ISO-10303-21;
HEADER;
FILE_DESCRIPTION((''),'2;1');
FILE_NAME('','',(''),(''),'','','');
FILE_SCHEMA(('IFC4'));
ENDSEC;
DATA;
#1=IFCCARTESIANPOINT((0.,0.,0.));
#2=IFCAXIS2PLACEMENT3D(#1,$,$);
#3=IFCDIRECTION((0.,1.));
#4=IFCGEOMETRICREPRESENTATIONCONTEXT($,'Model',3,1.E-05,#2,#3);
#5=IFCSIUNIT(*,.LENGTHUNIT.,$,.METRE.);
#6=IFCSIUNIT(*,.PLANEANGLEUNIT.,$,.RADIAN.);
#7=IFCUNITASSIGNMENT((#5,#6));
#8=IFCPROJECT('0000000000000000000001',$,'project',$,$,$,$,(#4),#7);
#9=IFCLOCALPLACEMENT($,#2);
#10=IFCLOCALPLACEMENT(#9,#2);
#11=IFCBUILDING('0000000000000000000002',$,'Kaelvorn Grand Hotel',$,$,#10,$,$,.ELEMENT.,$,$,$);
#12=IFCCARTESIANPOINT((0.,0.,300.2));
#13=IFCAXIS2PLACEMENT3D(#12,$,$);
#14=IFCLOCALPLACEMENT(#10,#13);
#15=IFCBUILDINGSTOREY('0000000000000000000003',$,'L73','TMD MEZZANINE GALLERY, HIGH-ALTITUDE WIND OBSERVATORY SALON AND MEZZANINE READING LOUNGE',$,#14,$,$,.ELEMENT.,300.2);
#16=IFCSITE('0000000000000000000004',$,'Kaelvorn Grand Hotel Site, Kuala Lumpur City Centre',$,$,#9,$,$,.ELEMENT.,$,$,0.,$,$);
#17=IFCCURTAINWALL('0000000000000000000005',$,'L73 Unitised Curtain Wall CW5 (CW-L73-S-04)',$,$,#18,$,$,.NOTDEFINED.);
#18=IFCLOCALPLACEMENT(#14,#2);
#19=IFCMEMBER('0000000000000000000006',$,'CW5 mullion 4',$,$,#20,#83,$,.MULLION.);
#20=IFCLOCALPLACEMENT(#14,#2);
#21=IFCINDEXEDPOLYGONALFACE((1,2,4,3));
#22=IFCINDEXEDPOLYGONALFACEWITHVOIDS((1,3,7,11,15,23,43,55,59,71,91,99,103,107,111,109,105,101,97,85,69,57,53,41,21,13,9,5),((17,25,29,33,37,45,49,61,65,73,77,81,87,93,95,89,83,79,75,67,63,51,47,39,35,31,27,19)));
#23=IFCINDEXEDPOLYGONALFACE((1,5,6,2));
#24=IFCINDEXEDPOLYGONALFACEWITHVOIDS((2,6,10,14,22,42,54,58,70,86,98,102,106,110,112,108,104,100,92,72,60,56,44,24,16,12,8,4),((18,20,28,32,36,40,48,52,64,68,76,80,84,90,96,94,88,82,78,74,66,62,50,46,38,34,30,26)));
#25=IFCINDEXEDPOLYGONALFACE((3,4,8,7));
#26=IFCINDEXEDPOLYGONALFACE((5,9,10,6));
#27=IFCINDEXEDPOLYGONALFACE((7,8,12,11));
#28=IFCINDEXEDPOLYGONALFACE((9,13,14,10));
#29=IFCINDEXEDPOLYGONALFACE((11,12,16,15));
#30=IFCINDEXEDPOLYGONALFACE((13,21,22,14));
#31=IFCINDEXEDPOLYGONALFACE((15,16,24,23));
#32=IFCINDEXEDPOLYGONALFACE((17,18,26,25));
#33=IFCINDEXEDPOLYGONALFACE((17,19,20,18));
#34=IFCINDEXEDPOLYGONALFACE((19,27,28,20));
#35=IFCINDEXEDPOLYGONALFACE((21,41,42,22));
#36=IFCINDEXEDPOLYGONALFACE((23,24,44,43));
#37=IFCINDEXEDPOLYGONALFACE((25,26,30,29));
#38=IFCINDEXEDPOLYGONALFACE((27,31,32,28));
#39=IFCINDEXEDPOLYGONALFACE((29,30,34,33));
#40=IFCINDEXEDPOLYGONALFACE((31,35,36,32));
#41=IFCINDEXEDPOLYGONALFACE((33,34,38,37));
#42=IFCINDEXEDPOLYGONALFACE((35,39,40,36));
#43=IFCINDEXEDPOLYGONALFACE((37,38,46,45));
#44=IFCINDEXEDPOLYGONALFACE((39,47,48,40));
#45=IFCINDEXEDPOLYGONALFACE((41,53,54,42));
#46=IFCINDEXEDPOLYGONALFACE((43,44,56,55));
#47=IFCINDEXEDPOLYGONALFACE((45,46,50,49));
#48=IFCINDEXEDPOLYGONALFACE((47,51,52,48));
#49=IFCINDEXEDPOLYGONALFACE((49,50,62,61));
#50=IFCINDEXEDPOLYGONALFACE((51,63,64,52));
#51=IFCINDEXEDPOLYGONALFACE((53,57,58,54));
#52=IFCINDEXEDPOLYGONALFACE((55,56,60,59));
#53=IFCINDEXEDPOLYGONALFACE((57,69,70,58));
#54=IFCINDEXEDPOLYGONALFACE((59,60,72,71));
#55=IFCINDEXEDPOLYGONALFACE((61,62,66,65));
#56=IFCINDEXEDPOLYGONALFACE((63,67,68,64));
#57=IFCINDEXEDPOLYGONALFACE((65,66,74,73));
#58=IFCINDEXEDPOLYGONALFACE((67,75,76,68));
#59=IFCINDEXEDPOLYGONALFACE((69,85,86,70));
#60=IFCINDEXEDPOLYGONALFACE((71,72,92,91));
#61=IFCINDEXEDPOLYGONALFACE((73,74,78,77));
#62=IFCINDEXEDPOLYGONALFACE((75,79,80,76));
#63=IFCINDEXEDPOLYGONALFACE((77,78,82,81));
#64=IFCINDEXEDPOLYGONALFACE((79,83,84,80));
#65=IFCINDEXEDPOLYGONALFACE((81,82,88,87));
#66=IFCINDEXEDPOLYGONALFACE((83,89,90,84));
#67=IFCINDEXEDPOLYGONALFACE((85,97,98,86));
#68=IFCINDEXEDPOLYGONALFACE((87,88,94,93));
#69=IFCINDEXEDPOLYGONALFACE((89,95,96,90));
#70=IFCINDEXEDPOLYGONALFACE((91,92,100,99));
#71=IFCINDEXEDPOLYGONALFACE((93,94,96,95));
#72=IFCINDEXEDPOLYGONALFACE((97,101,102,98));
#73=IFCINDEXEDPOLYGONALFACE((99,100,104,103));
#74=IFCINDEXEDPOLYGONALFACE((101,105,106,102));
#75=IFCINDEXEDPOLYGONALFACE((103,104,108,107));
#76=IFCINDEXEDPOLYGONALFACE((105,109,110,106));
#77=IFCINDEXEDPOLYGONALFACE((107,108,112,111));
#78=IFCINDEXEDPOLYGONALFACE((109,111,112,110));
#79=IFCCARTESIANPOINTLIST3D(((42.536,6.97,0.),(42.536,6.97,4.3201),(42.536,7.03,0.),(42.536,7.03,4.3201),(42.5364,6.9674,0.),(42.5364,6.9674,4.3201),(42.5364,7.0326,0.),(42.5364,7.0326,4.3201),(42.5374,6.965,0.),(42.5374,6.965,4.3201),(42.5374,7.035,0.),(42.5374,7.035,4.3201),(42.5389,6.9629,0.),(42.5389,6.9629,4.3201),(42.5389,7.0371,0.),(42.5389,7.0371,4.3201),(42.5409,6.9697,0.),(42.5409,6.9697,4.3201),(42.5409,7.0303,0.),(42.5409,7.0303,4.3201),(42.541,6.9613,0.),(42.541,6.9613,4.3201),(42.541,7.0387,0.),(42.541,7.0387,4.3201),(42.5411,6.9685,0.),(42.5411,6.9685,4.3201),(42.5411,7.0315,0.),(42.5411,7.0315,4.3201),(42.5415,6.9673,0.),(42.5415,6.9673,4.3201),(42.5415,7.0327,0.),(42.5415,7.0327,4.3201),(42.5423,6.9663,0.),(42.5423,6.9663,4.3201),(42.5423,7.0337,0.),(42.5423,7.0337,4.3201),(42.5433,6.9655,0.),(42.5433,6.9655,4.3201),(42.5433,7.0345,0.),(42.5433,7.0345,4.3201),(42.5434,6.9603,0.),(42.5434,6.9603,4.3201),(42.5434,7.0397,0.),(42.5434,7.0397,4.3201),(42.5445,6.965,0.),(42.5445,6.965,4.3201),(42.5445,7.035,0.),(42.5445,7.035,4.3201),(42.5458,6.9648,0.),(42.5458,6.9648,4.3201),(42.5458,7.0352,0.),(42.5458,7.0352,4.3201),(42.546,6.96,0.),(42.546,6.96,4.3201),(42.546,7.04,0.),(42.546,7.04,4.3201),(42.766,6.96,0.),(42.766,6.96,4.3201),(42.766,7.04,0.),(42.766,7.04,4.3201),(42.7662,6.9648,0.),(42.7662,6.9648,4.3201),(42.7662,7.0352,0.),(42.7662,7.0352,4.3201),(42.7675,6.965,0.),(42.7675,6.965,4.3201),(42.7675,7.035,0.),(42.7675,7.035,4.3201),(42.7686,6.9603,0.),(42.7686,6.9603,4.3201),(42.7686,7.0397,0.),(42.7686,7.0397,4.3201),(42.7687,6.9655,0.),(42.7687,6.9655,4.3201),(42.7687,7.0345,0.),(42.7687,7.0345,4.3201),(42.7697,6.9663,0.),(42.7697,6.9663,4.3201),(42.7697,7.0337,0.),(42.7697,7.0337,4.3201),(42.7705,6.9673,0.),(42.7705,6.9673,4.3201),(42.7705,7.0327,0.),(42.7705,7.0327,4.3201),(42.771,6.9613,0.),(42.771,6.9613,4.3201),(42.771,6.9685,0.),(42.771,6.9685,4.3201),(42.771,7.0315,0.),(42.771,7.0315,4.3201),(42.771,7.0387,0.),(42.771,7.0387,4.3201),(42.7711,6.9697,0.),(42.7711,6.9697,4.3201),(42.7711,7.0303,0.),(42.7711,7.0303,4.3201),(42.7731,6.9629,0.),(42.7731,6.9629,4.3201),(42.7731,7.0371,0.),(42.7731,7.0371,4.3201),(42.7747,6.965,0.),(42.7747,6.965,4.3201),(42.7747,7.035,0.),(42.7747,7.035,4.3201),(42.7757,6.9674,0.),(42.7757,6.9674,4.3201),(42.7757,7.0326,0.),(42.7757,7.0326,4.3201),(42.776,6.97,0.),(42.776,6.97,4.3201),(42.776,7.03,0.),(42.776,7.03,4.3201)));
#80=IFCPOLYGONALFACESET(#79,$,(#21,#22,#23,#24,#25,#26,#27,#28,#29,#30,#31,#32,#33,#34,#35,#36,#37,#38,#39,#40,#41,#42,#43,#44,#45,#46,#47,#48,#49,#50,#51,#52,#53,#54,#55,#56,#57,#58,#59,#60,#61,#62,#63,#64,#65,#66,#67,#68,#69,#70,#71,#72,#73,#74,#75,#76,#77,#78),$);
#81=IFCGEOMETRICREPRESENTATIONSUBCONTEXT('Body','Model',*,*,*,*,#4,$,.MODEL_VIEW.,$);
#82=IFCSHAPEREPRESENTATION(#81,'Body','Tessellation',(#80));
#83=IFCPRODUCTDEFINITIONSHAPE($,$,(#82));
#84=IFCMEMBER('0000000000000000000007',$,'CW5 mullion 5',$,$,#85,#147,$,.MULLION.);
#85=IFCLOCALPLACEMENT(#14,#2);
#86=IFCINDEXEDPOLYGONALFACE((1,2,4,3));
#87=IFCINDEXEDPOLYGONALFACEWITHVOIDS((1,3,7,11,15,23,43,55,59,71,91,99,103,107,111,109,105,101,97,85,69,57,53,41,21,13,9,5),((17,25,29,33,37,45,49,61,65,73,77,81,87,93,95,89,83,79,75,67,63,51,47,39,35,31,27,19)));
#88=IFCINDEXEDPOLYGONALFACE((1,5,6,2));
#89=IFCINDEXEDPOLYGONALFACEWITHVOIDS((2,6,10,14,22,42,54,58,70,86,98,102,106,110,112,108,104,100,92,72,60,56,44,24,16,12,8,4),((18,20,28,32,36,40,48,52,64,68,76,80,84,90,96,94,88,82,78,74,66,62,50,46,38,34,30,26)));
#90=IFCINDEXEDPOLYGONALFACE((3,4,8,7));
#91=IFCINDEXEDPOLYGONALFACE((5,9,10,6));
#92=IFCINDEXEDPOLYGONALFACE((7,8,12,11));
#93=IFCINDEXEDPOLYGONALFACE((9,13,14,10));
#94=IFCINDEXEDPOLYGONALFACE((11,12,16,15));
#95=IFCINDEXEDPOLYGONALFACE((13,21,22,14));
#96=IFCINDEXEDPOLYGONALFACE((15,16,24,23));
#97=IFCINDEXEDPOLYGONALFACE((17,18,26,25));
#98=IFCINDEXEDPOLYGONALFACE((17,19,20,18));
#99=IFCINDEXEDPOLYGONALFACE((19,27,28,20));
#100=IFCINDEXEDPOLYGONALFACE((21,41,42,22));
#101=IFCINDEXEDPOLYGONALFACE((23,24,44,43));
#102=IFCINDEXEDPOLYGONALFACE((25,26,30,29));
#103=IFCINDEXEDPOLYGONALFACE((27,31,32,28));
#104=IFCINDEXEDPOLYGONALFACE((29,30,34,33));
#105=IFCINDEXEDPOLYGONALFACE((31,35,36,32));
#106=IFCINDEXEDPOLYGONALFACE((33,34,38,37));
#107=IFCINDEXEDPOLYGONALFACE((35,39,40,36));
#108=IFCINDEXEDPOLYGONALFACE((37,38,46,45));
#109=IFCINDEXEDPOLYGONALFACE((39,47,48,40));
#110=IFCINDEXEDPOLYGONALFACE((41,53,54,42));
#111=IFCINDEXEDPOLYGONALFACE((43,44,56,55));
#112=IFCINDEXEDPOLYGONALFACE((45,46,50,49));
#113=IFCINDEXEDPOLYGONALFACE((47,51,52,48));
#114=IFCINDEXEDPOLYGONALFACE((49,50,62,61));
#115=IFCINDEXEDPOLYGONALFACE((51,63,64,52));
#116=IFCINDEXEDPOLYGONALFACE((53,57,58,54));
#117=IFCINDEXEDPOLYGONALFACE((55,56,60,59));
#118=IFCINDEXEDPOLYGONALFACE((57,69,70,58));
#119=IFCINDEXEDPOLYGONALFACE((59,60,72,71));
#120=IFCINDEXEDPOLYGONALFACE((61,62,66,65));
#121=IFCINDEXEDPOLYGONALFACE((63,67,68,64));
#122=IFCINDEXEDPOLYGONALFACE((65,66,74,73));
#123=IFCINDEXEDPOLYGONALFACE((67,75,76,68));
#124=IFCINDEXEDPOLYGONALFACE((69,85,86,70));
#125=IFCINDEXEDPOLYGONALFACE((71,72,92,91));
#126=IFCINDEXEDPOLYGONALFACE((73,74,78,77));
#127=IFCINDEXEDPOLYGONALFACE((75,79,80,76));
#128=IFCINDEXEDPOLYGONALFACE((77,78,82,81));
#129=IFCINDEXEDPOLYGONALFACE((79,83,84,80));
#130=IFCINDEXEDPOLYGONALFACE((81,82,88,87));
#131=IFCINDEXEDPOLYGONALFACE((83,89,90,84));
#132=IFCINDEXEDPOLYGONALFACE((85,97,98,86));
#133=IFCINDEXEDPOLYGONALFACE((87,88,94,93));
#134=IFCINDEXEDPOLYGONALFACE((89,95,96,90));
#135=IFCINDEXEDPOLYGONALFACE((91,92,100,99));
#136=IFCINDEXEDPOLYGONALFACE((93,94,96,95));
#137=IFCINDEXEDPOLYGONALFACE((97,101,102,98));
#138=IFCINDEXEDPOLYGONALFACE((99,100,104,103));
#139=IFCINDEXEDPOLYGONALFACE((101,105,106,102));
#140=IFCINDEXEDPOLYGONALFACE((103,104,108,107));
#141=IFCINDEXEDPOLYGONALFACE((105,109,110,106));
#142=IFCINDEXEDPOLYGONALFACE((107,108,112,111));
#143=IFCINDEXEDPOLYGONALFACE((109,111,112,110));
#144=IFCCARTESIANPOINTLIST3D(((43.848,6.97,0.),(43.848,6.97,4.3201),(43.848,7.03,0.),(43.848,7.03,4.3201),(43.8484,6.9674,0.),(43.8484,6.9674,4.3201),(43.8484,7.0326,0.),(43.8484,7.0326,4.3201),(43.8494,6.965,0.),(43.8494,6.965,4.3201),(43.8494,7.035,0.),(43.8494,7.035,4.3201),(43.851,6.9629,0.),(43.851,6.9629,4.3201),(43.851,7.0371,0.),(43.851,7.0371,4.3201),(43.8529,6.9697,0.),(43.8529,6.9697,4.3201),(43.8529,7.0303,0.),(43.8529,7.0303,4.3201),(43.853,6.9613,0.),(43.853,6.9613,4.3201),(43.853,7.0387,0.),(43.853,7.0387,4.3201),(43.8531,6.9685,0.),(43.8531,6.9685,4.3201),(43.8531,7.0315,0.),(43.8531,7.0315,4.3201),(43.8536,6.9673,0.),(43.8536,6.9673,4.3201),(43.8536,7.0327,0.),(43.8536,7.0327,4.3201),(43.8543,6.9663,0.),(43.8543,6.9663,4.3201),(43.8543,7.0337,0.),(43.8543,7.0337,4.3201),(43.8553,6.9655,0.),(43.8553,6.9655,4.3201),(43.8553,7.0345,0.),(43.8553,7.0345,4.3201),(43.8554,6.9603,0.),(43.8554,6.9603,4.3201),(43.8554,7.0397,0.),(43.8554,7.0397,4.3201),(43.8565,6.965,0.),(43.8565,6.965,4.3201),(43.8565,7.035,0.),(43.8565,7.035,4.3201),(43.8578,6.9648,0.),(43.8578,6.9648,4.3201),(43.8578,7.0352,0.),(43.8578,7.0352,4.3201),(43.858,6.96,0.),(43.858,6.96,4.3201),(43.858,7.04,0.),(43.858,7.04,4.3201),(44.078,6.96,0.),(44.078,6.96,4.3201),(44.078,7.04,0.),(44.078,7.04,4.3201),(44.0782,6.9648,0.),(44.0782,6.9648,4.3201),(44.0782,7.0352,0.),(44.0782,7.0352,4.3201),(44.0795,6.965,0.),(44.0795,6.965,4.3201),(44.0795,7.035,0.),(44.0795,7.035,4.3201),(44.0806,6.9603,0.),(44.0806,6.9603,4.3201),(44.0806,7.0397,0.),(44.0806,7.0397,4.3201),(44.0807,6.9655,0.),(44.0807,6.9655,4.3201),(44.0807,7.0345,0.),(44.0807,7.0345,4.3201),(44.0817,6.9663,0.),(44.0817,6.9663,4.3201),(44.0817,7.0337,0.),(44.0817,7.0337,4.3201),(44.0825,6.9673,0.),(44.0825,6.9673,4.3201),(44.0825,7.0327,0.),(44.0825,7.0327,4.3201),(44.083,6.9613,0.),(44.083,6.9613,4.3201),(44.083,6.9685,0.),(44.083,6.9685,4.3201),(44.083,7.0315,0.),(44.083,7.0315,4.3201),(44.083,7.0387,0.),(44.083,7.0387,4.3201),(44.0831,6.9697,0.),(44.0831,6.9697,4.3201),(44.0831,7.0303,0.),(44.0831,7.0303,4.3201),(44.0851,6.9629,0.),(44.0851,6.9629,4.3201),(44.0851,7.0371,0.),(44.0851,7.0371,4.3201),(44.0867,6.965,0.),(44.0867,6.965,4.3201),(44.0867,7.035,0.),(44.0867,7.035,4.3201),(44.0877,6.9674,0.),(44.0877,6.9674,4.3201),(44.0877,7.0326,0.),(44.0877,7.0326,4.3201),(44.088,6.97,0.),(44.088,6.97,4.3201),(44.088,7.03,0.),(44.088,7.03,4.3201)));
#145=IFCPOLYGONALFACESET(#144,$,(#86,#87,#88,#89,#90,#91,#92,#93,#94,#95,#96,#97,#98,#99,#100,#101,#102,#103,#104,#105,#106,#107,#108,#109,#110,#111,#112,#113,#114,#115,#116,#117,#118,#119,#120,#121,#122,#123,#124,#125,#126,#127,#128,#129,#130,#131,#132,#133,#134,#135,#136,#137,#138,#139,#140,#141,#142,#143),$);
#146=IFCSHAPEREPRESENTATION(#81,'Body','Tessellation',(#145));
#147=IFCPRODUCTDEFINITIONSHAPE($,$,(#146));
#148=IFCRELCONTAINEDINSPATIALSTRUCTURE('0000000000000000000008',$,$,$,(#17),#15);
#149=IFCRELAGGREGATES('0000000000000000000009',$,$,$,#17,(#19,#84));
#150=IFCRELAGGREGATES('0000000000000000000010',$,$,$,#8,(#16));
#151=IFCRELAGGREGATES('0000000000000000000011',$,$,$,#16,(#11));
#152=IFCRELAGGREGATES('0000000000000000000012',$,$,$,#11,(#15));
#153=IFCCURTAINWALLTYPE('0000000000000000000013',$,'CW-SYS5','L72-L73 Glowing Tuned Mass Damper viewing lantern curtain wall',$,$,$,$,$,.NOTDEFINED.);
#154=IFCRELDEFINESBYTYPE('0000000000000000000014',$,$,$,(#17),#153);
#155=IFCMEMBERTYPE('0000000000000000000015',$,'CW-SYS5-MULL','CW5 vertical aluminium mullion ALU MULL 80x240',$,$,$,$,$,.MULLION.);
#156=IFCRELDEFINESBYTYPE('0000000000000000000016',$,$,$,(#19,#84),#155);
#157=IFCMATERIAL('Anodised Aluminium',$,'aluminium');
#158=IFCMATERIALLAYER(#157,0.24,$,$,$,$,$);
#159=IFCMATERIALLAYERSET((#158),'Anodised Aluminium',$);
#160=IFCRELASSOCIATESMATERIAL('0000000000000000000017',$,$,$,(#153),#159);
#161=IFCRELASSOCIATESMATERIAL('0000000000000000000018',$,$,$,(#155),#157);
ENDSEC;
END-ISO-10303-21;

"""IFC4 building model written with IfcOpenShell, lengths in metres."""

from ifc_helpers import new_model, si_unit, direction, frame, origin, origin_2d, place, context, subcontext, project, spatial, hollow_rectangle, extrude, material, layer, layer_set, material_profile, profile_set, type_object, element, aggregate, save


model = new_model("IFC4")

# Units and contexts
model_context = context("Model", 3, precision=1e-05, world=origin(), true_north=direction((0.0, 1.0)))
body_context = subcontext(model_context, "Body", "Model", "MODEL_VIEW")
ifc_project = project(units=[si_unit("LENGTHUNIT", "METRE"), si_unit("PLANEANGLEUNIT", "RADIAN")], contexts=[model_context])

# Site, building, storey
site_placement = place(None, origin())
site = spatial("IfcSite", under=ifc_project, at=site_placement, Name="Kaelvorn Grand Hotel Site, Kuala Lumpur City Centre", CompositionType="ELEMENT", RefElevation=0.0)
building_placement = place(site_placement, origin())
building = spatial("IfcBuilding", under=site, at=building_placement, Name="Kaelvorn Grand Hotel", CompositionType="ELEMENT")
storey_placement = place(building_placement, frame((0.0, 0.0, 300.2)))
storey = spatial("IfcBuildingStorey", under=building, at=storey_placement, Name="L73", Description="TMD MEZZANINE GALLERY, HIGH-ALTITUDE WIND OBSERVATORY SALON AND MEZZANINE READING LOUNGE", CompositionType="ELEMENT", Elevation=300.2)

# Curtain wall, members
ifc_material_1 = material(Name="Anodised Aluminium", Category="aluminium")
ifc_layer_1 = layer(ifc_material_1, 0.24)
ifc_layer_set_1 = layer_set([ifc_layer_1], Name="Anodised Aluminium")
curtain_wall_type = type_object("IfcCurtainWallType", Name="CW-SYS5", Description="L72-L73 Glowing Tuned Mass Damper viewing lantern curtain wall", PredefinedType="NOTDEFINED", material=ifc_layer_set_1)
curtain_wall_placement = place(storey_placement, origin())
curtain_wall = element("IfcCurtainWall", 1, at=curtain_wall_placement, inside=storey, type_object=curtain_wall_type, Name="L73 Unitised Curtain Wall CW5 (CW-L73-S-04)", PredefinedType="NOTDEFINED")
ifc_material_profile_1 = material_profile(ifc_material_1, hollow_rectangle(XDim=0.0801, YDim=0.24, WallThickness=0.0049, InnerFilletRadius=0.0049, OuterFilletRadius=0.01, at=origin_2d()), Name="ALU MULL 80x240")
ifc_profile_set_1 = profile_set([ifc_material_profile_1], Name="Anodised Aluminium")
member_type_1 = type_object("IfcMemberType", Name="CW-SYS5-MULL", Description="CW5 vertical aluminium mullion ALU MULL 80x240", PredefinedType="MULLION", material=ifc_profile_set_1)
member_1_placement = place(storey_placement, frame((42.656, 7.0, 0.0), z_axis=(0.0, 0.0, 1.0), x_axis=(0.0, 1.0, 0.0)))
member_1 = element("IfcMember", 2, at=member_1_placement, type_object=member_type_1, Name="CW5 mullion 4", PredefinedType="MULLION", context=body_context, shape_type="SweptSolid", body=[
    extrude(hollow_rectangle(XDim=0.0801, YDim=0.24, WallThickness=0.0049, InnerFilletRadius=0.0049, OuterFilletRadius=0.01, at=origin_2d()), origin(), (0.0, 0.0, 1.0), 4.3201),
])
member_2_placement = place(storey_placement, frame((43.968, 7.0, 0.0), z_axis=(0.0, 0.0, 1.0), x_axis=(0.0, 1.0, 0.0)))
member_2 = element("IfcMember", 3, at=member_2_placement, type_object=member_type_1, Name="CW5 mullion 5", PredefinedType="MULLION", context=body_context, shape_type="SweptSolid", body=[
    extrude(hollow_rectangle(XDim=0.0801, YDim=0.24, WallThickness=0.0049, InnerFilletRadius=0.0049, OuterFilletRadius=0.01, at=origin_2d()), origin(), (0.0, 0.0, 1.0), 4.3201),
])
aggregate(curtain_wall, [member_1, member_2])

save(model, "model.ifc")
